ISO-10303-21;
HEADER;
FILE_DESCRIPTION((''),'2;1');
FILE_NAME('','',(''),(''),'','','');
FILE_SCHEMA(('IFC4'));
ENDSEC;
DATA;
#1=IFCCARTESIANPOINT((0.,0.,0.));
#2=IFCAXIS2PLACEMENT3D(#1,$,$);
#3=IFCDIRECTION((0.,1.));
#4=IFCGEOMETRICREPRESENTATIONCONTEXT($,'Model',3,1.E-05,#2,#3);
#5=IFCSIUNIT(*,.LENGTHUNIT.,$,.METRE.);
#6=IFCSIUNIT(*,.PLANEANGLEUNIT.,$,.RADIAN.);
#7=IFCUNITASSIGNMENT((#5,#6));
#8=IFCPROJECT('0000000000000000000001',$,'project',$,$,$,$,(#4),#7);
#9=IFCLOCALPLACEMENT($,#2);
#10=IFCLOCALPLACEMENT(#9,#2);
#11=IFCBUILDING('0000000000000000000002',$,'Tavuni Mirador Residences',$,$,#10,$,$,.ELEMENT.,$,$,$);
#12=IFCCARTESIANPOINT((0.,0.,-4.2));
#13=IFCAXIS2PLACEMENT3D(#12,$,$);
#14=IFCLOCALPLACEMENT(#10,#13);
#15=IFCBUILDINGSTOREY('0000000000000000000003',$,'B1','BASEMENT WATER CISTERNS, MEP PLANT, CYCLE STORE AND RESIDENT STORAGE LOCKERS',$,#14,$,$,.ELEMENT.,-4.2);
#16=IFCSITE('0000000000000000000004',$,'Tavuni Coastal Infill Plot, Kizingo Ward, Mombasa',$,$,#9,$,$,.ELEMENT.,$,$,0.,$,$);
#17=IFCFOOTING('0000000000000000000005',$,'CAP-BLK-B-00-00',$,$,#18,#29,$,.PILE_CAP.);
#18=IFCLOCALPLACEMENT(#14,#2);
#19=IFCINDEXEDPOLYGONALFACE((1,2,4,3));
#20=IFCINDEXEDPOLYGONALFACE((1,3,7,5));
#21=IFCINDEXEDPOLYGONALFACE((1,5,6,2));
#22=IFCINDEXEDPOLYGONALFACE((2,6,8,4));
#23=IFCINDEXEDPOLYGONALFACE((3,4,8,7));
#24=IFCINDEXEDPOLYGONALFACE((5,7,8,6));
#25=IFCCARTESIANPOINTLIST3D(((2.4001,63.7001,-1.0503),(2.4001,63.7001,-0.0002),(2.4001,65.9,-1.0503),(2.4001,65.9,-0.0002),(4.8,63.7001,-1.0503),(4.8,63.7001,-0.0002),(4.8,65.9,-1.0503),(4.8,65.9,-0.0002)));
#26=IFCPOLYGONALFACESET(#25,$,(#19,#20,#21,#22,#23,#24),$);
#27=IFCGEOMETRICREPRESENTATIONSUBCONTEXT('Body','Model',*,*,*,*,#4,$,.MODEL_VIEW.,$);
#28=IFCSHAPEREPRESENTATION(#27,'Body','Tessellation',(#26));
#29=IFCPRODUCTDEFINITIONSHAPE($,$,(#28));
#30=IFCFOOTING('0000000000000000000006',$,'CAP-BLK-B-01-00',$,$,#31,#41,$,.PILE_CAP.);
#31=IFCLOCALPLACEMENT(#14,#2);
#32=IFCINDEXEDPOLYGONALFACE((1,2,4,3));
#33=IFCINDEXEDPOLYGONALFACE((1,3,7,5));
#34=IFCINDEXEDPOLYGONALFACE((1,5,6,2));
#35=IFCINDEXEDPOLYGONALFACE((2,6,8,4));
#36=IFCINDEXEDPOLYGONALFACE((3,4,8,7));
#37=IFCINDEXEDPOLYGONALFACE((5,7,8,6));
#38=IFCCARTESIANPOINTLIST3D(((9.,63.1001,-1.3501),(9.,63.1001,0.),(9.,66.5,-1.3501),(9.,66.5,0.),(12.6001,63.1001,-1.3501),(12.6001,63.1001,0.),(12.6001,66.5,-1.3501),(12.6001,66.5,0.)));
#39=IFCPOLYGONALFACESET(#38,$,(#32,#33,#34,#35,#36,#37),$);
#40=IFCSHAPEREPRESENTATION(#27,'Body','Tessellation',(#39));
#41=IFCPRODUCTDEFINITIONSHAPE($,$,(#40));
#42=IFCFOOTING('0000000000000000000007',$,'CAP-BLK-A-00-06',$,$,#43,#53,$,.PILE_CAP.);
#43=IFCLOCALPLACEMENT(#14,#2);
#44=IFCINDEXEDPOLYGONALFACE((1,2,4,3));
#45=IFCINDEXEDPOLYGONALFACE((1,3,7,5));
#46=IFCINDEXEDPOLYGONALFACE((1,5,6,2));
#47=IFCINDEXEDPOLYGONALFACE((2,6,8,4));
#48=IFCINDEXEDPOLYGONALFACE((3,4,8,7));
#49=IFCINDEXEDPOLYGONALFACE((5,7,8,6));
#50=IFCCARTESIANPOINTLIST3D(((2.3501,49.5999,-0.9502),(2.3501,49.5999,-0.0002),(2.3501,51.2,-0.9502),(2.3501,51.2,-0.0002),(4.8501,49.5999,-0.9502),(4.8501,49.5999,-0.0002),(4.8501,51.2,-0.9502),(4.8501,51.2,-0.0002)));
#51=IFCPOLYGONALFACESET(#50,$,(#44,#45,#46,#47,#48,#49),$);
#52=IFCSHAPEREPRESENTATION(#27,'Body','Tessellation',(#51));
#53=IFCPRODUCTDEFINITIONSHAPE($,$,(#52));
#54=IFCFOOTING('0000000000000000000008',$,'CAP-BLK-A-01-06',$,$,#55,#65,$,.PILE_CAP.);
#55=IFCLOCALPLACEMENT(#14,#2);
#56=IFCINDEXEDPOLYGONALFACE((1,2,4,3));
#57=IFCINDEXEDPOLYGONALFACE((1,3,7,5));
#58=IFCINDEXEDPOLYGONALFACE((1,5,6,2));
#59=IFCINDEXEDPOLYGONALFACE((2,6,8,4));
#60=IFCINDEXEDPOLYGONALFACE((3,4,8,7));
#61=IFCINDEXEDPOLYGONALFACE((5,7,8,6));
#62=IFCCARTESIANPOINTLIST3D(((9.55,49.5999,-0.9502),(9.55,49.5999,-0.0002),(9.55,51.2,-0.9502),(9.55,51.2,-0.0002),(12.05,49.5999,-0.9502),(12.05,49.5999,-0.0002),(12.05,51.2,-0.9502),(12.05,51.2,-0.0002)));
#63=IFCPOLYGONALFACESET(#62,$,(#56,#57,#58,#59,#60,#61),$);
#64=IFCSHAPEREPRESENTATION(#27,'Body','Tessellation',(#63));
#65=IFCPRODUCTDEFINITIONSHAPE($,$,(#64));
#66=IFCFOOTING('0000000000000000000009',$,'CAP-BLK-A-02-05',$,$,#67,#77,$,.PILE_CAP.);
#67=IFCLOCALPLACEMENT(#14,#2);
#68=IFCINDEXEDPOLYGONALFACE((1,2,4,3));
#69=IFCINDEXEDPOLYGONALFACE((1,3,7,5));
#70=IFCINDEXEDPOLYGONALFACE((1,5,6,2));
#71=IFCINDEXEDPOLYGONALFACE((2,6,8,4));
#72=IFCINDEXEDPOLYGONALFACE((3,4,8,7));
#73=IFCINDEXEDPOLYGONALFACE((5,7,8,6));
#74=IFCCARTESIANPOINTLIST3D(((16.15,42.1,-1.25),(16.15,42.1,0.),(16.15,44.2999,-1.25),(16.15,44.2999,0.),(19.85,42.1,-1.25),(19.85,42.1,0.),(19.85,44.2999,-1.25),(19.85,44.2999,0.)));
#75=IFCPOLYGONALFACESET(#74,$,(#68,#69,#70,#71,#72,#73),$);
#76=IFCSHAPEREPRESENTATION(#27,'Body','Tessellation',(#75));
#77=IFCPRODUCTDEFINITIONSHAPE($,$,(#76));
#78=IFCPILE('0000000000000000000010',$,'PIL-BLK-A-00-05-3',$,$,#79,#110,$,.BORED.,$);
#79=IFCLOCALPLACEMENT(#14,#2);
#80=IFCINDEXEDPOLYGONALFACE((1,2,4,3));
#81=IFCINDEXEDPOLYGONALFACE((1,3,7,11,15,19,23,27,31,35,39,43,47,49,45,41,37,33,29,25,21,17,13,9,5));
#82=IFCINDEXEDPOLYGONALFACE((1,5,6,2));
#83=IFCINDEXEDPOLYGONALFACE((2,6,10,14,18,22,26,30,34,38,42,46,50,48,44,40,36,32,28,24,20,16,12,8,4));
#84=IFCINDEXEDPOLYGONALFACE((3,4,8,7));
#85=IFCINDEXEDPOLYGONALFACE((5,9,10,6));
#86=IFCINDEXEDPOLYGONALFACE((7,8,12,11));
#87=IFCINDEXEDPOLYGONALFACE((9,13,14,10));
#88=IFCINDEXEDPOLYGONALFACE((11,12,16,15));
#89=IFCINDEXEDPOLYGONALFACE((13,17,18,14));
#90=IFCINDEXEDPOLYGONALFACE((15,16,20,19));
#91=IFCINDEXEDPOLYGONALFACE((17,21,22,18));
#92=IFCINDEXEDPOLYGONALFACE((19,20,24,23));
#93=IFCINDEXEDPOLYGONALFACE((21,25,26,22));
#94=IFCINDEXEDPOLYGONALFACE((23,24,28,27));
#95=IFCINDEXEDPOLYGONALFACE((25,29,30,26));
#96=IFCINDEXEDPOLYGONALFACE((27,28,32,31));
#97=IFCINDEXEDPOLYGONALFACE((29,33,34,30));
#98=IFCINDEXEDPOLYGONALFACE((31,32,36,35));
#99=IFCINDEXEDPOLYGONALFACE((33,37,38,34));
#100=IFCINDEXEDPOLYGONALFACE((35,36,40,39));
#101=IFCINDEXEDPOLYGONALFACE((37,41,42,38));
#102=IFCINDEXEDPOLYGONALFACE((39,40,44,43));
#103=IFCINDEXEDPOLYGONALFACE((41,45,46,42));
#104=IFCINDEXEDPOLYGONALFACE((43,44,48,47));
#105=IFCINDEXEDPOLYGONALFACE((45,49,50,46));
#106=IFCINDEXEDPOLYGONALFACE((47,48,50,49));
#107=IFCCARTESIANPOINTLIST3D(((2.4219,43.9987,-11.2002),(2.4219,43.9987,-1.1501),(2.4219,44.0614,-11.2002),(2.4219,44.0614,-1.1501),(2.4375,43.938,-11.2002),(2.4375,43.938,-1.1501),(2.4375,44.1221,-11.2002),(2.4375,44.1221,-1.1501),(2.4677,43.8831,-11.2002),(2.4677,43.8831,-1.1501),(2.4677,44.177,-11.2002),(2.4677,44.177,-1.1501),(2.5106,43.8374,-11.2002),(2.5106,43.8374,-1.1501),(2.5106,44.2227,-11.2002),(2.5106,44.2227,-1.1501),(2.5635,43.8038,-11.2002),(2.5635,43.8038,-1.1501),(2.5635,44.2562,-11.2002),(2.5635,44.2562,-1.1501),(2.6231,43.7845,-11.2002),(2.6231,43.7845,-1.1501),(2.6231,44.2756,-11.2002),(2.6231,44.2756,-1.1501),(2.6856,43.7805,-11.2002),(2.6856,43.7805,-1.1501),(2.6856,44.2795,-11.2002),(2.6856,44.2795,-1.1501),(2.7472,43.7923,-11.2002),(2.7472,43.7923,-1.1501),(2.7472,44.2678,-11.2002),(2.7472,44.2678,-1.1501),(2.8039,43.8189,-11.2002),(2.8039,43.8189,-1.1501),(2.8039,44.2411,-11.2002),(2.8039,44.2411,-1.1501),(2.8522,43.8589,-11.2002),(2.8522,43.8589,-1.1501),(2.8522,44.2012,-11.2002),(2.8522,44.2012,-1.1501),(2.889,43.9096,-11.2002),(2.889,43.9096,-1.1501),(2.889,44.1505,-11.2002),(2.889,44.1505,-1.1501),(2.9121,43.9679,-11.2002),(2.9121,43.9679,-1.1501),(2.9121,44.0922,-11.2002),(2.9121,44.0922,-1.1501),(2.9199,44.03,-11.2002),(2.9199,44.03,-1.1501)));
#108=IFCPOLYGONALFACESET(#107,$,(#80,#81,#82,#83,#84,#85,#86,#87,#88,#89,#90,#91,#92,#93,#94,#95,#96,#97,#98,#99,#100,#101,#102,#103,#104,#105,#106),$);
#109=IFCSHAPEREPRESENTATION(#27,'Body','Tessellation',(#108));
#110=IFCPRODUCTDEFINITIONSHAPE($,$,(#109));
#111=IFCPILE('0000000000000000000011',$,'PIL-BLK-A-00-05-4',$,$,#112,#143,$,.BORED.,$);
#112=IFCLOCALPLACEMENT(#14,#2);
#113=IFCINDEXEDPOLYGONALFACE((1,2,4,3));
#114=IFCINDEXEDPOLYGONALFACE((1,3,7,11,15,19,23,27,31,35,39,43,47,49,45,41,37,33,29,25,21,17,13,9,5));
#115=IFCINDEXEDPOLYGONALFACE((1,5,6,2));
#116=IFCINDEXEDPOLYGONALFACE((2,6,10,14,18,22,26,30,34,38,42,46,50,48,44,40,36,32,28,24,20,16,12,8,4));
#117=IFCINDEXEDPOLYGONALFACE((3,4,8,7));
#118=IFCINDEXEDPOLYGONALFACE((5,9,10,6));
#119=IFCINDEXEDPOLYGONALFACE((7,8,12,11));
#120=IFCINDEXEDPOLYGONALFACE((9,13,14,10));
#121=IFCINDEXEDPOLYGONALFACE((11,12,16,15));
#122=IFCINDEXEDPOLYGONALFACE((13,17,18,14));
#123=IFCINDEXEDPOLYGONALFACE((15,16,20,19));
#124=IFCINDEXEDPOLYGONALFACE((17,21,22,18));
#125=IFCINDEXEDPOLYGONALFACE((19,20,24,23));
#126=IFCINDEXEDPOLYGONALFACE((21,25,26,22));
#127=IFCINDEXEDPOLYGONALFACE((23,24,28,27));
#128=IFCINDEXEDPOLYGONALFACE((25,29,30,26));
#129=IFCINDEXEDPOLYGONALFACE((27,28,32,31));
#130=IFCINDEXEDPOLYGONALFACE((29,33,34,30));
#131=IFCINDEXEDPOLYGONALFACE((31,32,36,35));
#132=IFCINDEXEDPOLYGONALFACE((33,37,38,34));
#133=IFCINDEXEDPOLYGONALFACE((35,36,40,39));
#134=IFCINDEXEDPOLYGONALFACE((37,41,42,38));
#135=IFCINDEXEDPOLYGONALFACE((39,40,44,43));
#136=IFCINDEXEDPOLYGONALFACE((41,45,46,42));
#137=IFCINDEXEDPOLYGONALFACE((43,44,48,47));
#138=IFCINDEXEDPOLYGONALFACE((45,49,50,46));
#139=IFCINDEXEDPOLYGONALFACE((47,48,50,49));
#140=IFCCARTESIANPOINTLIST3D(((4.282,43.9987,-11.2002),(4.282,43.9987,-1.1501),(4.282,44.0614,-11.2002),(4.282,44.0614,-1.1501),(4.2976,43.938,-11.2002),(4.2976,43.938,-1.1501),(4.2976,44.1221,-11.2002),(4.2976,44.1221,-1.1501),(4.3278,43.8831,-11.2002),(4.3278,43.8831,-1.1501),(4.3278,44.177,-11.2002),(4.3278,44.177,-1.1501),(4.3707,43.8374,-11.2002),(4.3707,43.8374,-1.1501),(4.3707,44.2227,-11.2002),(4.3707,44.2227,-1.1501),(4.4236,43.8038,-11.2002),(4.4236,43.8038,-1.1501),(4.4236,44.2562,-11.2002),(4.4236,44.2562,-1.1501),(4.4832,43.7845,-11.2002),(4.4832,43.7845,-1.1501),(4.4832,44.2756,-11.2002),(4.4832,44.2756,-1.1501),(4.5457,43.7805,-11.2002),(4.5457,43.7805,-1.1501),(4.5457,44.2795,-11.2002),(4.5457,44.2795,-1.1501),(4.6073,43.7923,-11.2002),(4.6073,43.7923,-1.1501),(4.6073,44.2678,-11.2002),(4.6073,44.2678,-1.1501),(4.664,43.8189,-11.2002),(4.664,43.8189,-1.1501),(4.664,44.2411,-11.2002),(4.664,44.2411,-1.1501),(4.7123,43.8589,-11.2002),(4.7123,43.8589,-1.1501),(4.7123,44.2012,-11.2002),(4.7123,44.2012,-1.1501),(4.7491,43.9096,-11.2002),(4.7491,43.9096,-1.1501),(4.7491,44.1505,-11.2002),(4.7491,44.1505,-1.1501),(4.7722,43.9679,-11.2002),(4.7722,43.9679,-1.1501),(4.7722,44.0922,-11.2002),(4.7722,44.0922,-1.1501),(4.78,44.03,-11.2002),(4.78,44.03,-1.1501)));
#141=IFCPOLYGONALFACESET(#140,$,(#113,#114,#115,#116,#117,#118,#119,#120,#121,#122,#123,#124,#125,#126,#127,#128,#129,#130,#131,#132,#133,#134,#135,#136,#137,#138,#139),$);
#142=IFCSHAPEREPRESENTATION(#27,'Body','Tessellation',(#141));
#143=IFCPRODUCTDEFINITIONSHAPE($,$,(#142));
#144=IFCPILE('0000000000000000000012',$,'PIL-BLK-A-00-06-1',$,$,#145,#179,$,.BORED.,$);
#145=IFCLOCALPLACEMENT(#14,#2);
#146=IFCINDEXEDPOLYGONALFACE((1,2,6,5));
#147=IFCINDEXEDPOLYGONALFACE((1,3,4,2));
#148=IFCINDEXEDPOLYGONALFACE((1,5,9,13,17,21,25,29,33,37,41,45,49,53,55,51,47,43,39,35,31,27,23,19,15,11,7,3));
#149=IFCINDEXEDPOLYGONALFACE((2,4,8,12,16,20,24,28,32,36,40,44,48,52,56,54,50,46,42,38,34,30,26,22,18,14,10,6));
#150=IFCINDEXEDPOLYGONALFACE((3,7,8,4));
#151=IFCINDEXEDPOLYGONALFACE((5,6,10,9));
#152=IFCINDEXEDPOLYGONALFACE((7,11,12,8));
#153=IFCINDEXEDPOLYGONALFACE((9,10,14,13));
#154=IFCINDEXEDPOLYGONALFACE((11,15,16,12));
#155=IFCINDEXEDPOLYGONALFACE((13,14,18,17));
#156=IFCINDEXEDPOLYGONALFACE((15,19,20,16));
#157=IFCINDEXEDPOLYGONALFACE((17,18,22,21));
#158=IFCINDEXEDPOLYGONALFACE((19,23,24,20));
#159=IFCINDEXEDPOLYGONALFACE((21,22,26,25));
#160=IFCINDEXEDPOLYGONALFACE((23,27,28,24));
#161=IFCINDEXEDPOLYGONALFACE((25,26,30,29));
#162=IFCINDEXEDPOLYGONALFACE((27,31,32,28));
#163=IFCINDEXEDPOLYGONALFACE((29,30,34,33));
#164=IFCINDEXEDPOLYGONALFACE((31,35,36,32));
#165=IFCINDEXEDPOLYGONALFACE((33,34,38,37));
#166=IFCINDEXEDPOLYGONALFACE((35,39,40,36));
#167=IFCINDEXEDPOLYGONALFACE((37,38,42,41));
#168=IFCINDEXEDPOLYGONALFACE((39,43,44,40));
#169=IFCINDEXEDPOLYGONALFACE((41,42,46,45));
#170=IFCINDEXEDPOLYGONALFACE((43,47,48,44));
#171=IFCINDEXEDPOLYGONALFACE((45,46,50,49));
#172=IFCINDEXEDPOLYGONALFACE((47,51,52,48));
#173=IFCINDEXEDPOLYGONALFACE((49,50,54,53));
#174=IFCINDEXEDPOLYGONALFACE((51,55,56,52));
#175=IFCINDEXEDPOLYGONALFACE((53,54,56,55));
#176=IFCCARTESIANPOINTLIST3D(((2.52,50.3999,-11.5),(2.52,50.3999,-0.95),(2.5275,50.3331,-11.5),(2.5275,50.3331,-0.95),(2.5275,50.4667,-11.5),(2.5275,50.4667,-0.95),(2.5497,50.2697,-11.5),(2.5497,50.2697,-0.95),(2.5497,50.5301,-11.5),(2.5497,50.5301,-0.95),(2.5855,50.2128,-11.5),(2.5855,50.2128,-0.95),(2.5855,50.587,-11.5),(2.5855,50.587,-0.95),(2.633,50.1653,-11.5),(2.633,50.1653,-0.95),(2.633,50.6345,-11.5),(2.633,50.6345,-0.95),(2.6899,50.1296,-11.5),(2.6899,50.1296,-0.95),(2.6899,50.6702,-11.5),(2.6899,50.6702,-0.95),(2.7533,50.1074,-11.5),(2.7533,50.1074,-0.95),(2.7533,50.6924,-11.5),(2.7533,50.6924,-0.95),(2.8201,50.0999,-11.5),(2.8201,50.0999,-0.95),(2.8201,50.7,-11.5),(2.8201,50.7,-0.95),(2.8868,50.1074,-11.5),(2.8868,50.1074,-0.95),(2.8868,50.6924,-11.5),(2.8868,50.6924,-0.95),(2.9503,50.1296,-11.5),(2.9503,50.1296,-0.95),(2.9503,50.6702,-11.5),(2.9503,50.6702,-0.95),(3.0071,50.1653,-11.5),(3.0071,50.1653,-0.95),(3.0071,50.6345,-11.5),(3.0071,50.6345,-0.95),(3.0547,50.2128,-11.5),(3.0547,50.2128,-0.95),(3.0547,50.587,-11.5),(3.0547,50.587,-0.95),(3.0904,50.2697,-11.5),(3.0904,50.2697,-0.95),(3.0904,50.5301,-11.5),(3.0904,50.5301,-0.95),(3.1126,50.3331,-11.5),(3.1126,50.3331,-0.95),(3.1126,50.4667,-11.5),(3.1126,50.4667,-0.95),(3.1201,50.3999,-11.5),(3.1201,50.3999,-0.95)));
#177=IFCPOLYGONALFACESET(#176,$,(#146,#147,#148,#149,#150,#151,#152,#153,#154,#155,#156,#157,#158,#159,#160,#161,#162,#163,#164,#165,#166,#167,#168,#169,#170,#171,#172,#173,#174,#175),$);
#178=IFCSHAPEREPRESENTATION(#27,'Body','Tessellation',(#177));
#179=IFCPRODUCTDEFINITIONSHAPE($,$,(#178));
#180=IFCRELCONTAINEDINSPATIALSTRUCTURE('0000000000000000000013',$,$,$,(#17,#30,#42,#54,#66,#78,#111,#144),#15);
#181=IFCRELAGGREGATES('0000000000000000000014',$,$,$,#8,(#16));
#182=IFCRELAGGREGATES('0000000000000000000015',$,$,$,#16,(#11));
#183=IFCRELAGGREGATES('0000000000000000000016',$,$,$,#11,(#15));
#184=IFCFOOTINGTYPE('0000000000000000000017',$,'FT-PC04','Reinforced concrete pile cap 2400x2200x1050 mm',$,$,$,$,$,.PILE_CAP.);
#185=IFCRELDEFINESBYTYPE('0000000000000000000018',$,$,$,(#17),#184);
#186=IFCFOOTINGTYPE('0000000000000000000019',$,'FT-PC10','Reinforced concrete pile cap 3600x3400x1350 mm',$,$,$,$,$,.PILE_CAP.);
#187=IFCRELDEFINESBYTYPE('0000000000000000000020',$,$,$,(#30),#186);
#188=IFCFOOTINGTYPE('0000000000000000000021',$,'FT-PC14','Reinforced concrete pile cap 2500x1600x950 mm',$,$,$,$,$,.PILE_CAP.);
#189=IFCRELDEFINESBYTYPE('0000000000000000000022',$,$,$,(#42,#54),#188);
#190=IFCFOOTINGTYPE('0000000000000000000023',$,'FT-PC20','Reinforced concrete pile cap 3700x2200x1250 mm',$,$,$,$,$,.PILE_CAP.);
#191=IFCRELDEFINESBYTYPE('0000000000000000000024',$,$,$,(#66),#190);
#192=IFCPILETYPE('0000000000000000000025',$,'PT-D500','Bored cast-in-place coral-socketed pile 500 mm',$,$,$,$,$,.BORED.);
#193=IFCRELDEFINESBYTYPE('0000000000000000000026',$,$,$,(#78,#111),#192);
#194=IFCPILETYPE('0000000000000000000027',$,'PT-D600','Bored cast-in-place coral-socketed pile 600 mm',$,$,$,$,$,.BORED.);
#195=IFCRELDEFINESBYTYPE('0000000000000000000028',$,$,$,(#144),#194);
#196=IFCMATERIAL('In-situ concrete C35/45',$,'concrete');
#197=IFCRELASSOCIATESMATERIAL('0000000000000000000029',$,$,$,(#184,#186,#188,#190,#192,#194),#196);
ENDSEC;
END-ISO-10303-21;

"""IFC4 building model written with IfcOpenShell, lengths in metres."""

from ifc_helpers import new_model, si_unit, direction, frame, origin, origin_2d, place, context, subcontext, project, spatial, rectangle, circle, extrude, material, material_profile, profile_set, type_object, element, save


model = new_model("IFC4")

# Units and contexts
model_context = context("Model", 3, precision=1e-05, world=origin(), true_north=direction((0.0, 1.0)))
body_context = subcontext(model_context, "Body", "Model", "MODEL_VIEW")
ifc_project = project(units=[si_unit("LENGTHUNIT", "METRE"), si_unit("PLANEANGLEUNIT", "RADIAN")], contexts=[model_context])

# Site, building, storey
site_placement = place(None, origin())
site = spatial("IfcSite", under=ifc_project, at=site_placement, Name="Tavuni Coastal Infill Plot, Kizingo Ward, Mombasa", CompositionType="ELEMENT", RefElevation=0.0)
building_placement = place(site_placement, origin())
building = spatial("IfcBuilding", under=site, at=building_placement, Name="Tavuni Mirador Residences", CompositionType="ELEMENT")
storey_placement = place(building_placement, frame((0.0, 0.0, -4.2)))
storey = spatial("IfcBuildingStorey", under=building, at=storey_placement, Name="B1", Description="BASEMENT WATER CISTERNS, MEP PLANT, CYCLE STORE AND RESIDENT STORAGE LOCKERS", CompositionType="ELEMENT", Elevation=-4.2)

# Footings
ifc_material_1 = material(Name="In-situ concrete C35/45", Category="concrete")
footing_type_1 = type_object("IfcFootingType", Name="FT-PC04", Description="Reinforced concrete pile cap 2400x2200x1050 mm", PredefinedType="PILE_CAP", material=ifc_material_1)
footing_1_placement = place(storey_placement, frame((3.6001, 64.8, -1.0503), z_axis=(0.0, 0.0, 1.0), x_axis=(1.0, 0.0, 0.0)))
element("IfcFooting", 1, at=footing_1_placement, inside=storey, type_object=footing_type_1, Name="CAP-BLK-B-00-00", PredefinedType="PILE_CAP", context=body_context, shape_type="SweptSolid", body=[
    extrude(rectangle(XDim=2.3999, YDim=2.2, at=origin_2d()), origin(), (0.0, 0.0, 1.0), 1.05),
])
footing_type_2 = type_object("IfcFootingType", Name="FT-PC10", Description="Reinforced concrete pile cap 3600x3400x1350 mm", PredefinedType="PILE_CAP", material=ifc_material_1)
footing_2_placement = place(storey_placement, frame((10.8, 64.8, -1.3501), z_axis=(0.0, 0.0, 1.0), x_axis=(1.0, 0.0, 0.0)))
element("IfcFooting", 2, at=footing_2_placement, inside=storey, type_object=footing_type_2, Name="CAP-BLK-B-01-00", PredefinedType="PILE_CAP", context=body_context, shape_type="SweptSolid", body=[
    extrude(rectangle(XDim=3.6001, YDim=3.3999, at=origin_2d()), origin(), (0.0, 0.0, 1.0), 1.3501),
])
footing_type_3 = type_object("IfcFootingType", Name="FT-PC14", Description="Reinforced concrete pile cap 2500x1600x950 mm", PredefinedType="PILE_CAP", material=ifc_material_1)
for number, where, z_axis, x_axis, name in (
    (3, (3.6001, 50.3999, -0.9502), (0.0, 0.0, 1.0), (1.0, 0.0, 0.0), "CAP-BLK-A-00-06"),
    (4, (10.8, 50.3999, -0.9502), (0.0, 0.0, 1.0), (1.0, 0.0, 0.0), "CAP-BLK-A-01-06"),
):
    element("IfcFooting", number, at=place(storey_placement, frame(where, z_axis=z_axis, x_axis=x_axis)), inside=storey, type_object=footing_type_3, Name=name, PredefinedType="PILE_CAP", context=body_context, shape_type="SweptSolid", body=[
        extrude(rectangle(XDim=2.5, YDim=1.6001, at=origin_2d()), origin(), (0.0, 0.0, 1.0), 0.95),
    ])
footing_type_4 = type_object("IfcFootingType", Name="FT-PC20", Description="Reinforced concrete pile cap 3700x2200x1250 mm", PredefinedType="PILE_CAP", material=ifc_material_1)
footing_3_placement = place(storey_placement, frame((18.0, 43.2, -1.25), z_axis=(0.0, 0.0, 1.0), x_axis=(1.0, 0.0, 0.0)))
element("IfcFooting", 5, at=footing_3_placement, inside=storey, type_object=footing_type_4, Name="CAP-BLK-A-02-05", PredefinedType="PILE_CAP", context=body_context, shape_type="SweptSolid", body=[
    extrude(rectangle(XDim=3.7, YDim=2.2, at=origin_2d()), origin(), (0.0, 0.0, 1.0), 1.25),
])

# Piles
ifc_material_profile_1 = material_profile(ifc_material_1, circle(Radius=0.25, at=origin_2d()), Name="PILE D500", Category="concrete")
ifc_profile_set_1 = profile_set([ifc_material_profile_1], Name="In-situ concrete C35/45")
pile_type_1 = type_object("IfcPileType", Name="PT-D500", Description="Bored cast-in-place coral-socketed pile 500 mm", PredefinedType="BORED", material=ifc_profile_set_1)
for number, where, z_axis, x_axis, name in (
    (6, (2.6699, 44.03, -1.1501), (0.0, 0.0, -1.0), (1.0, 0.0, 0.0), "PIL-BLK-A-00-05-3"),
    (7, (4.53, 44.03, -1.1501), (0.0, 0.0, -1.0), (1.0, 0.0, 0.0), "PIL-BLK-A-00-05-4"),
):
    element("IfcPile", number, at=place(storey_placement, frame(where, z_axis=z_axis, x_axis=x_axis)), inside=storey, type_object=pile_type_1, Name=name, PredefinedType="BORED", context=body_context, shape_type="SweptSolid", body=[
        extrude(circle(Radius=0.25, at=origin_2d()), origin(), (0.0, 0.0, 1.0), 10.05),
    ])
ifc_material_profile_2 = material_profile(ifc_material_1, circle(Radius=0.3, at=origin_2d()), Name="PILE D600", Category="concrete")
ifc_profile_set_2 = profile_set([ifc_material_profile_2], Name="In-situ concrete C35/45")
pile_type_2 = type_object("IfcPileType", Name="PT-D600", Description="Bored cast-in-place coral-socketed pile 600 mm", PredefinedType="BORED", material=ifc_profile_set_2)
for number, where, z_axis, x_axis, name in (
    (8, (2.8201, 50.3999, -0.95), (0.0, 0.0, -1.0), (1.0, 0.0, 0.0), "PIL-BLK-A-00-06-1"),
):
    element("IfcPile", number, at=place(storey_placement, frame(where, z_axis=z_axis, x_axis=x_axis)), inside=storey, type_object=pile_type_2, Name=name, PredefinedType="BORED", context=body_context, shape_type="SweptSolid", body=[
        extrude(circle(Radius=0.3, at=origin_2d()), origin(), (0.0, 0.0, 1.0), 10.55),
    ])

save(model, "model.ifc")
